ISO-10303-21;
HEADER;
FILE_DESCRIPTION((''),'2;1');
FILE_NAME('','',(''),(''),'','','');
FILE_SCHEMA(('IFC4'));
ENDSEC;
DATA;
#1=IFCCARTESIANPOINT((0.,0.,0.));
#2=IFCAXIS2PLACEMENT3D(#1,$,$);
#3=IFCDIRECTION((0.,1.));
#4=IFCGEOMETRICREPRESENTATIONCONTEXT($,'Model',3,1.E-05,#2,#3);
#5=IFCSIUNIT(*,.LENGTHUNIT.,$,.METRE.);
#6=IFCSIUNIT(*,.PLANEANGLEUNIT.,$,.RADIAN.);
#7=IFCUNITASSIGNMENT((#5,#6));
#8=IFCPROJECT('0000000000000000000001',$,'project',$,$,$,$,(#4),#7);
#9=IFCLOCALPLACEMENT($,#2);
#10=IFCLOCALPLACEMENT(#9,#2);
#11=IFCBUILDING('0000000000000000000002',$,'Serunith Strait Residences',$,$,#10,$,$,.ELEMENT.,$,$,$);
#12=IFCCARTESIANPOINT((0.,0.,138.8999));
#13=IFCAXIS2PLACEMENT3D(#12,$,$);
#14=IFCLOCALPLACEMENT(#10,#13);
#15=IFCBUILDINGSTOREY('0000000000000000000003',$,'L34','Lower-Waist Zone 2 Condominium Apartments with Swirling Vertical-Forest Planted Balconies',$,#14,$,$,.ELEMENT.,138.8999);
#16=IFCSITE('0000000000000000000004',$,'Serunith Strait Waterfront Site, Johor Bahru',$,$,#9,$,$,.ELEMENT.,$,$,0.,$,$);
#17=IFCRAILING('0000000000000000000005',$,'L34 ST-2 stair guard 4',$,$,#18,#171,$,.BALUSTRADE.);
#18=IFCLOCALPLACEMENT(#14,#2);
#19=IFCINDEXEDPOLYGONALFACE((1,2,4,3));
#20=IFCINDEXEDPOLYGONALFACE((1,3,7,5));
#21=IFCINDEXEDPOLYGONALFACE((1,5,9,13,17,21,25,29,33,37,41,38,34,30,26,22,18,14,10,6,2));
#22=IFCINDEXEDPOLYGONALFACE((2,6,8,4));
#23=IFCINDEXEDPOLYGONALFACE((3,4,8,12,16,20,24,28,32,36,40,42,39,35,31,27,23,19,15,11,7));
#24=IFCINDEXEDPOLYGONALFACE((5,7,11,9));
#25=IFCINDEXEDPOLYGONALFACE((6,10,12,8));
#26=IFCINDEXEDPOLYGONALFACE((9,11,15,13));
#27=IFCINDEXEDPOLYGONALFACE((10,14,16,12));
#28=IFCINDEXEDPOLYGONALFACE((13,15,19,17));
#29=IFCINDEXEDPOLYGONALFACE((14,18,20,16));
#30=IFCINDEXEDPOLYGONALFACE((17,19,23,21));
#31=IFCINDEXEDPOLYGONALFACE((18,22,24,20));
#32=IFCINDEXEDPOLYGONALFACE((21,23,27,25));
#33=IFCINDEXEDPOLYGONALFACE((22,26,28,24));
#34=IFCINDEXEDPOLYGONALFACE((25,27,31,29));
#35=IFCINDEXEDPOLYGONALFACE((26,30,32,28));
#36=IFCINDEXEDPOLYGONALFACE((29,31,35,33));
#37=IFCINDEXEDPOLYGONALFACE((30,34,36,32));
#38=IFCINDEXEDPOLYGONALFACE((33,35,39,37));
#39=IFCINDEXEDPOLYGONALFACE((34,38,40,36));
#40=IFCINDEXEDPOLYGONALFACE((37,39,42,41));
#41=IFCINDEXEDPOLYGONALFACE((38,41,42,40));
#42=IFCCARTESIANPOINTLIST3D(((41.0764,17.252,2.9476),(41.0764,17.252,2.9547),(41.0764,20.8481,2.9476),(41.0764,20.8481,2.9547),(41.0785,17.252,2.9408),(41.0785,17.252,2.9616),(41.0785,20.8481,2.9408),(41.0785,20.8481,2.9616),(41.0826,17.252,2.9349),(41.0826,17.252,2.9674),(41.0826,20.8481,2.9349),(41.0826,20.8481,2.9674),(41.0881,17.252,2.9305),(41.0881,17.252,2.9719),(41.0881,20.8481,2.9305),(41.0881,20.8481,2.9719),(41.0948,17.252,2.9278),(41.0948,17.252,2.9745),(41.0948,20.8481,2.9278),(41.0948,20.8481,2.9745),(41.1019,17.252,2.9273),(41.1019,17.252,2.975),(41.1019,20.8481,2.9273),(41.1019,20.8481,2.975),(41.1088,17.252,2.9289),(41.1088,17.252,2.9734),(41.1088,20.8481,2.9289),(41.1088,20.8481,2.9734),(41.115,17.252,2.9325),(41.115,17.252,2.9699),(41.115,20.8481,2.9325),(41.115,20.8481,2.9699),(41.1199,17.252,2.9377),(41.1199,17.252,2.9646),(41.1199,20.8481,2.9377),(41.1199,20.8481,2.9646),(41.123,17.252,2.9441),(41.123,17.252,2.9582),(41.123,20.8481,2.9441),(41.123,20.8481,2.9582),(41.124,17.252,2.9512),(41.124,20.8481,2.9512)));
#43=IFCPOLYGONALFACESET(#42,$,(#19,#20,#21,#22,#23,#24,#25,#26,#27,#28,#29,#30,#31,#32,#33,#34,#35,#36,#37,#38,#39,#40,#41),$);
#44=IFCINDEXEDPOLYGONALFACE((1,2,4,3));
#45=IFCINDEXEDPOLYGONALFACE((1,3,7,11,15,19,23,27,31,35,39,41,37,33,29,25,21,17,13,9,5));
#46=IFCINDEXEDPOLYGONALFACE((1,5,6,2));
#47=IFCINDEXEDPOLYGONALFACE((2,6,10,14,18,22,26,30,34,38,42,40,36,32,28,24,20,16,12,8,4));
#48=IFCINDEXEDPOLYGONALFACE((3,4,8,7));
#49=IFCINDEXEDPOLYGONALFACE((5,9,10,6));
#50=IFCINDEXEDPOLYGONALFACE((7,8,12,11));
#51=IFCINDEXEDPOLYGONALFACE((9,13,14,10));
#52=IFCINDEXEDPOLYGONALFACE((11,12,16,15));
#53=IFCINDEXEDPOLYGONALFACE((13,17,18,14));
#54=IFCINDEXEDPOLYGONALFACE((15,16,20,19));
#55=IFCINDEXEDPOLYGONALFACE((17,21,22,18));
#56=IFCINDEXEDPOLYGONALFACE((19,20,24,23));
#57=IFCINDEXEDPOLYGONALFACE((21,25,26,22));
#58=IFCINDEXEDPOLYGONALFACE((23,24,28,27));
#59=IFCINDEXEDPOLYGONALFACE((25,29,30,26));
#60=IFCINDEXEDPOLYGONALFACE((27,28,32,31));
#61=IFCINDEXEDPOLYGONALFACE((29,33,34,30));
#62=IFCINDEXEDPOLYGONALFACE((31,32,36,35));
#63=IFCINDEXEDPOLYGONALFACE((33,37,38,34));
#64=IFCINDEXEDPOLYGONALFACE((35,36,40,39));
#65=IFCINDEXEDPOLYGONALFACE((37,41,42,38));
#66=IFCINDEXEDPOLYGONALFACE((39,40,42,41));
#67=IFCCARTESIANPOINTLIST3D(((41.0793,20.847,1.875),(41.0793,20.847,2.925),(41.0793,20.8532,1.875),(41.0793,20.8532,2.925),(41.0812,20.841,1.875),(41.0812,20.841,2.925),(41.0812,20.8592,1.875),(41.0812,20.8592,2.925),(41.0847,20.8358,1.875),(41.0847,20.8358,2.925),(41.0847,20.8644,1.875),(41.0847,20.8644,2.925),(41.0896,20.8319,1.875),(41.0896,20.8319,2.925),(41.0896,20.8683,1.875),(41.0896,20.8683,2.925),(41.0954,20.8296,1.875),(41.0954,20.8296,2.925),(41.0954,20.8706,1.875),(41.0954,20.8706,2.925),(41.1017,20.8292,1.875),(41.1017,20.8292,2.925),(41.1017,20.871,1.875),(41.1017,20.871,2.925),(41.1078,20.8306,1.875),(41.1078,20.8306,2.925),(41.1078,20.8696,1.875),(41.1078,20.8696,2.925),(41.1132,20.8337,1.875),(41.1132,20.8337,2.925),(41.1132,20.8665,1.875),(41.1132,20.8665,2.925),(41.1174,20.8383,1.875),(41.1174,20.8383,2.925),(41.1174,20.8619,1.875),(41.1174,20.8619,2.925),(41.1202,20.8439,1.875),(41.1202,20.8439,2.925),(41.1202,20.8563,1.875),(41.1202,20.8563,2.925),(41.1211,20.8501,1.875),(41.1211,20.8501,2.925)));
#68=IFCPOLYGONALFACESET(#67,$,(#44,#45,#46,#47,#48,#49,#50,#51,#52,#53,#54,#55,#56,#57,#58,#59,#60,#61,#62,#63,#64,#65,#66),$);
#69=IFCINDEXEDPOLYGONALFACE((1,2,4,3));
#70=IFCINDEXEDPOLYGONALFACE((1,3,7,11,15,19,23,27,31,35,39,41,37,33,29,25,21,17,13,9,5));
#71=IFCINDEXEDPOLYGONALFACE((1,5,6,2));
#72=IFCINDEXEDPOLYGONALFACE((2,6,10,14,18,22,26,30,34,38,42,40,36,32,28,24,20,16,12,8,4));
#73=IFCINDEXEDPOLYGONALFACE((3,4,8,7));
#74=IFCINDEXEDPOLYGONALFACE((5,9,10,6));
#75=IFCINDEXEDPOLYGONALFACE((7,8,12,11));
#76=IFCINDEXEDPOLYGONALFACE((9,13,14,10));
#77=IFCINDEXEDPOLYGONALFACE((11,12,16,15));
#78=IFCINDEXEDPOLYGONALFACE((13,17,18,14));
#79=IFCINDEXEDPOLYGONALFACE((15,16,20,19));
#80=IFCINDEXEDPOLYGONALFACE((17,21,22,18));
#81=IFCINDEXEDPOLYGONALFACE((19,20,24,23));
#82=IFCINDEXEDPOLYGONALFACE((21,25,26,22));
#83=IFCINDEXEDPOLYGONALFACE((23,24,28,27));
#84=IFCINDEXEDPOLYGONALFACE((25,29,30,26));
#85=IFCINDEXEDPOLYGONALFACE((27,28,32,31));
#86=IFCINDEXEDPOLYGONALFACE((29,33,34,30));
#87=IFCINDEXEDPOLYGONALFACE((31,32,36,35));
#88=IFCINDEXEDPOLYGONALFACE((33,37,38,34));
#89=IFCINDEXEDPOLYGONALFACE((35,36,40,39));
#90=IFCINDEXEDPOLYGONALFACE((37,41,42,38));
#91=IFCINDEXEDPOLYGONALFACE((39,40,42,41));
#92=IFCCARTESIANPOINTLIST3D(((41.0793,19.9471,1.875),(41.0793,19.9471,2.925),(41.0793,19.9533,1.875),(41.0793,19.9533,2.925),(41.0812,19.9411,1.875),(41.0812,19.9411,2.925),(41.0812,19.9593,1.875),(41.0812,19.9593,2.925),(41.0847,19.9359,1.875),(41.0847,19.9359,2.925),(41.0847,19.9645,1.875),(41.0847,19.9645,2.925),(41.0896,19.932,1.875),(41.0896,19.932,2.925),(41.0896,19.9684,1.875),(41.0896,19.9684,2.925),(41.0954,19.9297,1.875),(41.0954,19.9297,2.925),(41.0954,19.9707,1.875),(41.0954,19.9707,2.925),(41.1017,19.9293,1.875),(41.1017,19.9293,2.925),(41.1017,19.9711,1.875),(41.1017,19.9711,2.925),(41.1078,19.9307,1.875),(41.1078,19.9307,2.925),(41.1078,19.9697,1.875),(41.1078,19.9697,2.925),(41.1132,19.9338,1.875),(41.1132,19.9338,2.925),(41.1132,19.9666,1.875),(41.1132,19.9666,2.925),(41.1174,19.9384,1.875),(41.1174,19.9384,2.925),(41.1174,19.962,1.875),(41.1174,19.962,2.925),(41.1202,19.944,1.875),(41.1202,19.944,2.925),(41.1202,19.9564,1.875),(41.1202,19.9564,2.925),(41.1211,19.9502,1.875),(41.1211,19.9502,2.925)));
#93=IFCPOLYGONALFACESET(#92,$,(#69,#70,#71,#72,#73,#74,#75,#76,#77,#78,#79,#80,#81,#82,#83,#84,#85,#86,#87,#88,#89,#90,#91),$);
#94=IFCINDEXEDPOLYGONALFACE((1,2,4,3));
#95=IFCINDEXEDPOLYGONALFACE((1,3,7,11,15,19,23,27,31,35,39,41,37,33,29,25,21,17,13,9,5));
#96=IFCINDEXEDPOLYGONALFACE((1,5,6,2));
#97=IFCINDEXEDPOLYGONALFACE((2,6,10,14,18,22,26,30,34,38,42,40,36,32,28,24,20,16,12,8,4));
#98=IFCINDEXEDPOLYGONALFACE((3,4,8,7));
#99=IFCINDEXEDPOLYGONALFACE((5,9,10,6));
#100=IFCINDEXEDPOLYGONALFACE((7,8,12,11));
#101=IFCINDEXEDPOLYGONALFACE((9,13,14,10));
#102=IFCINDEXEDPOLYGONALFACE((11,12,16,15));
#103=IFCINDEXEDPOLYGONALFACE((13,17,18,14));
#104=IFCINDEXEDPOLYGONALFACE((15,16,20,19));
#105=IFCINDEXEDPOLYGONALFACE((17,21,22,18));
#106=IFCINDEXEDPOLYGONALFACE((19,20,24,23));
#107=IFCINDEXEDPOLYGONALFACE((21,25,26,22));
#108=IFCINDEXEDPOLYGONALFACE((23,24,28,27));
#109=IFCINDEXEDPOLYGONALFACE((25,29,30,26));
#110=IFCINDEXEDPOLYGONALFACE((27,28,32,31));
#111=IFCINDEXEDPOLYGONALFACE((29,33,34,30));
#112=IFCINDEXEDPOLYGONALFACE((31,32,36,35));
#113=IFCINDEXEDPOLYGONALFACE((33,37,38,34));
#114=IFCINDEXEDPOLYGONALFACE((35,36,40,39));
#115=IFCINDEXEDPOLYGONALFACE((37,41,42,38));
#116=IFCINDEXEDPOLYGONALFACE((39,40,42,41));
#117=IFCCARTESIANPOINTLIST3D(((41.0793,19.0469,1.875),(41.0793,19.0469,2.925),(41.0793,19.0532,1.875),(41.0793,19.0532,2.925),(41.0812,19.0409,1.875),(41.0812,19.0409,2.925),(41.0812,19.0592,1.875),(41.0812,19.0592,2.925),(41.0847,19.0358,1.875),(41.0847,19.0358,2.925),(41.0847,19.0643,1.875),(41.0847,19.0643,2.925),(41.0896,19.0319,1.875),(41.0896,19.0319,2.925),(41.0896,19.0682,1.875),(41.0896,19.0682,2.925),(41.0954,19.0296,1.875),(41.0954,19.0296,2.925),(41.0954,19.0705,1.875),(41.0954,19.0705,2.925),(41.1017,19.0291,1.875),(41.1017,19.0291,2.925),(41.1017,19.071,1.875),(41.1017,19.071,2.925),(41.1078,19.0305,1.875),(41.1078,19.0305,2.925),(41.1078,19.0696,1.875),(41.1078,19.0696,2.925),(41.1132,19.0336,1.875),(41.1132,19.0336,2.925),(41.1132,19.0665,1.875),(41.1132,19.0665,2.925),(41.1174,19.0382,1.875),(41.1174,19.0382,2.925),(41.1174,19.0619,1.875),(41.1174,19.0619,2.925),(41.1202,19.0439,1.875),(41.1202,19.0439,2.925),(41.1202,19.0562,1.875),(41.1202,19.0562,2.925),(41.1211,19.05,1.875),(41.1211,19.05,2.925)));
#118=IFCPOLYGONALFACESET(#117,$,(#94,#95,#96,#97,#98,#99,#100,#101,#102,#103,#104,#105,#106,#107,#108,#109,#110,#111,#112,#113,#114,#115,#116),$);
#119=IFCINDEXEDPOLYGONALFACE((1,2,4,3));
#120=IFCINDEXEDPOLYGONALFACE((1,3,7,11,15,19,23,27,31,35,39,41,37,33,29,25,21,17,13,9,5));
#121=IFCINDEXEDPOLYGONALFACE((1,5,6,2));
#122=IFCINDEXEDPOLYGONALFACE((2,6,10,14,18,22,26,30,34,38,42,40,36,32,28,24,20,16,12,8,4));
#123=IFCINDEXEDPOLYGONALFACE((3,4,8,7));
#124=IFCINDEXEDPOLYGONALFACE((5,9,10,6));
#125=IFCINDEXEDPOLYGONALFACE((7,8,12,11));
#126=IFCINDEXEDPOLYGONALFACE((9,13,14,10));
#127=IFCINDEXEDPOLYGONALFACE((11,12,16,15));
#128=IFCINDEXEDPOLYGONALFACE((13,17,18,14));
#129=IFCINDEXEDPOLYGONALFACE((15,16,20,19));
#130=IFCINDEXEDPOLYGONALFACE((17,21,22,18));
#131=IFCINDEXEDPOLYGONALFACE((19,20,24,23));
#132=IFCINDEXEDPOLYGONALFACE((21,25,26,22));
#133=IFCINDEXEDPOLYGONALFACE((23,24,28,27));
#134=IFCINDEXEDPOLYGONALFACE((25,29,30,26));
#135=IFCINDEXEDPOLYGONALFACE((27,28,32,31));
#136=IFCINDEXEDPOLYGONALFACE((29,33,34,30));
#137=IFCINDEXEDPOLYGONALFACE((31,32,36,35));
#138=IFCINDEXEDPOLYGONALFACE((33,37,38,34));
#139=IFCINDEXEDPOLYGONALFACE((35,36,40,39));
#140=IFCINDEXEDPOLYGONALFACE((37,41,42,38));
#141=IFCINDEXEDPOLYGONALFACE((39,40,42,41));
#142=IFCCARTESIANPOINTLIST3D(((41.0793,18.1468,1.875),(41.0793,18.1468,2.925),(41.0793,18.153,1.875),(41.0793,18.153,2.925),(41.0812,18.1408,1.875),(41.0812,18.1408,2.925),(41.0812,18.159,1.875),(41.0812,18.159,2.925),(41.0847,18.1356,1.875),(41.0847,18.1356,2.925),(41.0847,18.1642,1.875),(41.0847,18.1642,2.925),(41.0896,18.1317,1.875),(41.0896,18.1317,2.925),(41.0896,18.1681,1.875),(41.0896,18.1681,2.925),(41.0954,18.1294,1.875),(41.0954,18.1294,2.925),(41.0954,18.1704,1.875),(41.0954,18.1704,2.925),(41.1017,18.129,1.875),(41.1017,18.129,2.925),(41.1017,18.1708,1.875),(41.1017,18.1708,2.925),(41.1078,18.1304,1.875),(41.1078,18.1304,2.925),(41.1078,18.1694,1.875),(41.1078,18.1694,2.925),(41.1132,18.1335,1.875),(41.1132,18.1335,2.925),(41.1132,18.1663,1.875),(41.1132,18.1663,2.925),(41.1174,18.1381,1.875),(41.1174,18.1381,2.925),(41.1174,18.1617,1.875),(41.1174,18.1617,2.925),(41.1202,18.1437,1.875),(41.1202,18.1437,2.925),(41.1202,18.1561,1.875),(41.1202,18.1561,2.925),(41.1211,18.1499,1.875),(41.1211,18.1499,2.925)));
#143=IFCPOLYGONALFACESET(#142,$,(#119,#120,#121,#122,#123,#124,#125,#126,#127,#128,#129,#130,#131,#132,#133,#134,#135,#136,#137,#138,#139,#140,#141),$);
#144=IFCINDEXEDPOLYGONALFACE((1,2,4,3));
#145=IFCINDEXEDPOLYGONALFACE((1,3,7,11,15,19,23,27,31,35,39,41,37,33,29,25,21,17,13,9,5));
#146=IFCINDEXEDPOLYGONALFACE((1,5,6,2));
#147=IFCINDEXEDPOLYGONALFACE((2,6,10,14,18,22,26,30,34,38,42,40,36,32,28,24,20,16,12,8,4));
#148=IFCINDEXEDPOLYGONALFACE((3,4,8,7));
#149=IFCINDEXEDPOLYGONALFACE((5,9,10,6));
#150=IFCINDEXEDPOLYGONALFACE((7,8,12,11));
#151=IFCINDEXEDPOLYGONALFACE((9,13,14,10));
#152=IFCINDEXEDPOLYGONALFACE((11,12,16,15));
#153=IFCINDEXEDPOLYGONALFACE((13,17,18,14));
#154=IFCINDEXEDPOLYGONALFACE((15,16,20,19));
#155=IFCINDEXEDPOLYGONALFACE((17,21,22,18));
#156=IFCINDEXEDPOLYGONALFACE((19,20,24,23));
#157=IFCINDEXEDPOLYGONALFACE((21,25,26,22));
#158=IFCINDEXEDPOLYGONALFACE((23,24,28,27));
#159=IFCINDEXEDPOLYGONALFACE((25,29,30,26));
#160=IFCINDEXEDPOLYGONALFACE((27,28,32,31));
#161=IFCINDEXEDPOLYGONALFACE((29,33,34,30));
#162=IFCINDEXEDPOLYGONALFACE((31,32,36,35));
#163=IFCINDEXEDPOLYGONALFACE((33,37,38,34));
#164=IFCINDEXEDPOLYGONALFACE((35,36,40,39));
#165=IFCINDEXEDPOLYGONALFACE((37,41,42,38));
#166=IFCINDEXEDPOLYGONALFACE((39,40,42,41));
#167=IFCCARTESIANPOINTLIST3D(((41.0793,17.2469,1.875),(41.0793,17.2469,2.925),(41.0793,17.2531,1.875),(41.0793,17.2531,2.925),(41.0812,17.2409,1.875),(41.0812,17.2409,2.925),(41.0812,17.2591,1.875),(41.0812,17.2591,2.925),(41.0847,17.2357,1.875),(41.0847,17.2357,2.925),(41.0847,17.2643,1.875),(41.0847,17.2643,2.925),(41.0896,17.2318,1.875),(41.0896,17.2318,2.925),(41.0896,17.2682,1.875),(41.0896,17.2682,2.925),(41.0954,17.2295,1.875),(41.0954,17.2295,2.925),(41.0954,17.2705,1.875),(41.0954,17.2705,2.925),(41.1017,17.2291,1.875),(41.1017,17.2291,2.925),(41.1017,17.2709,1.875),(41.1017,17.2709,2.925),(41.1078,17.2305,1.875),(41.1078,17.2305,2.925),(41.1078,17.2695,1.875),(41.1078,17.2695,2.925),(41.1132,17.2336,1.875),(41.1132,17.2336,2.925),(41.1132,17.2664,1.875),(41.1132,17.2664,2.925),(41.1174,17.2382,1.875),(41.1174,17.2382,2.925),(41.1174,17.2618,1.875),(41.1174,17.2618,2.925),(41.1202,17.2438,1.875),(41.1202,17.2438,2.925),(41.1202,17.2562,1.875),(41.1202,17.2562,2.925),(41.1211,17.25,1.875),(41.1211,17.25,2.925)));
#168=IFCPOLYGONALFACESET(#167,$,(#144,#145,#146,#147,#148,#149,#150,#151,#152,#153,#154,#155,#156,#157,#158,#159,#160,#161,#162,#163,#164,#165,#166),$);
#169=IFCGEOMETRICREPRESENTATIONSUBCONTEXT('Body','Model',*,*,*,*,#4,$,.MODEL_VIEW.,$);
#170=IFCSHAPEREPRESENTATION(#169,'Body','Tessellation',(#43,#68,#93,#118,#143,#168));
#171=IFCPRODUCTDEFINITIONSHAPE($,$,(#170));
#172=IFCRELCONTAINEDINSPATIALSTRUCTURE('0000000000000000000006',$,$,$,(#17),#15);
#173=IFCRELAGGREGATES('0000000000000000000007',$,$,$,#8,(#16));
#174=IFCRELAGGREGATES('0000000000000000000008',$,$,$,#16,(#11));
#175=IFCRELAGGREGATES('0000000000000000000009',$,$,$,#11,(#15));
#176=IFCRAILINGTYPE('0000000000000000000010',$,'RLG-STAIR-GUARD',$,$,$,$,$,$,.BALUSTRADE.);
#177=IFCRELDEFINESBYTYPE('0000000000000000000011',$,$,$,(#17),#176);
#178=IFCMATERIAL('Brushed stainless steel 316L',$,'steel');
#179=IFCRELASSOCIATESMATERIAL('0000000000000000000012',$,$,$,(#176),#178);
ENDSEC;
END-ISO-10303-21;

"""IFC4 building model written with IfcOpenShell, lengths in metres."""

from ifc_helpers import new_model, si_unit, direction, frame, origin, origin_2d, place, context, subcontext, project, spatial, circle, extrude, material, type_object, element, save


model = new_model("IFC4")

# Units and contexts
model_context = context("Model", 3, precision=1e-05, world=origin(), true_north=direction((0.0, 1.0)))
body_context = subcontext(model_context, "Body", "Model", "MODEL_VIEW")
ifc_project = project(units=[si_unit("LENGTHUNIT", "METRE"), si_unit("PLANEANGLEUNIT", "RADIAN")], contexts=[model_context])

# Site, building, storey
site_placement = place(None, origin())
site = spatial("IfcSite", under=ifc_project, at=site_placement, Name="Serunith Strait Waterfront Site, Johor Bahru", CompositionType="ELEMENT", RefElevation=0.0)
building_placement = place(site_placement, origin())
building = spatial("IfcBuilding", under=site, at=building_placement, Name="Serunith Strait Residences", CompositionType="ELEMENT")
storey_placement = place(building_placement, frame((0.0, 0.0, 138.8999)))
storey = spatial("IfcBuildingStorey", under=building, at=storey_placement, Name="L34", Description="Lower-Waist Zone 2 Condominium Apartments with Swirling Vertical-Forest Planted Balconies", CompositionType="ELEMENT", Elevation=138.8999)

# Railing
ifc_material_1 = material(Name="Brushed stainless steel 316L", Category="steel")
railing_type_1 = type_object("IfcRailingType", Name="RLG-STAIR-GUARD", PredefinedType="BALUSTRADE", material=ifc_material_1)
for number, where, name in (
    (1, (41.1001, 20.8501, 1.875), "L34 ST-2 stair guard 4"),
):
    element("IfcRailing", number, at=place(storey_placement, frame(where)), inside=storey, type_object=railing_type_1, Name=name, PredefinedType="BALUSTRADE", context=body_context, shape_type="SweptSolid", body=[
        extrude(circle(Radius=0.0239, at=origin_2d()), frame((0.0, -0.002, 1.0762), z_axis=(0.0, -1.0, 0.0), x_axis=(1.0, 0.0, 0.0)), (0.0, 0.0, 1.0), 3.5962),
        extrude(circle(Radius=0.021, at=origin_2d()), origin(), (0.0, 0.0, 1.0), 1.05),
        extrude(circle(Radius=0.021, at=origin_2d()), frame((0.0, -0.8999, 0.0)), (0.0, 0.0, 1.0), 1.05),
        extrude(circle(Radius=0.021, at=origin_2d()), frame((0.0, -1.8, 0.0)), (0.0, 0.0, 1.0), 1.05),
        extrude(circle(Radius=0.021, at=origin_2d()), frame((0.0, -2.7002, 0.0)), (0.0, 0.0, 1.0), 1.05),
        extrude(circle(Radius=0.021, at=origin_2d()), frame((0.0, -3.6001, 0.0)), (0.0, 0.0, 1.0), 1.05),
    ])

save(model, "model.ifc")
